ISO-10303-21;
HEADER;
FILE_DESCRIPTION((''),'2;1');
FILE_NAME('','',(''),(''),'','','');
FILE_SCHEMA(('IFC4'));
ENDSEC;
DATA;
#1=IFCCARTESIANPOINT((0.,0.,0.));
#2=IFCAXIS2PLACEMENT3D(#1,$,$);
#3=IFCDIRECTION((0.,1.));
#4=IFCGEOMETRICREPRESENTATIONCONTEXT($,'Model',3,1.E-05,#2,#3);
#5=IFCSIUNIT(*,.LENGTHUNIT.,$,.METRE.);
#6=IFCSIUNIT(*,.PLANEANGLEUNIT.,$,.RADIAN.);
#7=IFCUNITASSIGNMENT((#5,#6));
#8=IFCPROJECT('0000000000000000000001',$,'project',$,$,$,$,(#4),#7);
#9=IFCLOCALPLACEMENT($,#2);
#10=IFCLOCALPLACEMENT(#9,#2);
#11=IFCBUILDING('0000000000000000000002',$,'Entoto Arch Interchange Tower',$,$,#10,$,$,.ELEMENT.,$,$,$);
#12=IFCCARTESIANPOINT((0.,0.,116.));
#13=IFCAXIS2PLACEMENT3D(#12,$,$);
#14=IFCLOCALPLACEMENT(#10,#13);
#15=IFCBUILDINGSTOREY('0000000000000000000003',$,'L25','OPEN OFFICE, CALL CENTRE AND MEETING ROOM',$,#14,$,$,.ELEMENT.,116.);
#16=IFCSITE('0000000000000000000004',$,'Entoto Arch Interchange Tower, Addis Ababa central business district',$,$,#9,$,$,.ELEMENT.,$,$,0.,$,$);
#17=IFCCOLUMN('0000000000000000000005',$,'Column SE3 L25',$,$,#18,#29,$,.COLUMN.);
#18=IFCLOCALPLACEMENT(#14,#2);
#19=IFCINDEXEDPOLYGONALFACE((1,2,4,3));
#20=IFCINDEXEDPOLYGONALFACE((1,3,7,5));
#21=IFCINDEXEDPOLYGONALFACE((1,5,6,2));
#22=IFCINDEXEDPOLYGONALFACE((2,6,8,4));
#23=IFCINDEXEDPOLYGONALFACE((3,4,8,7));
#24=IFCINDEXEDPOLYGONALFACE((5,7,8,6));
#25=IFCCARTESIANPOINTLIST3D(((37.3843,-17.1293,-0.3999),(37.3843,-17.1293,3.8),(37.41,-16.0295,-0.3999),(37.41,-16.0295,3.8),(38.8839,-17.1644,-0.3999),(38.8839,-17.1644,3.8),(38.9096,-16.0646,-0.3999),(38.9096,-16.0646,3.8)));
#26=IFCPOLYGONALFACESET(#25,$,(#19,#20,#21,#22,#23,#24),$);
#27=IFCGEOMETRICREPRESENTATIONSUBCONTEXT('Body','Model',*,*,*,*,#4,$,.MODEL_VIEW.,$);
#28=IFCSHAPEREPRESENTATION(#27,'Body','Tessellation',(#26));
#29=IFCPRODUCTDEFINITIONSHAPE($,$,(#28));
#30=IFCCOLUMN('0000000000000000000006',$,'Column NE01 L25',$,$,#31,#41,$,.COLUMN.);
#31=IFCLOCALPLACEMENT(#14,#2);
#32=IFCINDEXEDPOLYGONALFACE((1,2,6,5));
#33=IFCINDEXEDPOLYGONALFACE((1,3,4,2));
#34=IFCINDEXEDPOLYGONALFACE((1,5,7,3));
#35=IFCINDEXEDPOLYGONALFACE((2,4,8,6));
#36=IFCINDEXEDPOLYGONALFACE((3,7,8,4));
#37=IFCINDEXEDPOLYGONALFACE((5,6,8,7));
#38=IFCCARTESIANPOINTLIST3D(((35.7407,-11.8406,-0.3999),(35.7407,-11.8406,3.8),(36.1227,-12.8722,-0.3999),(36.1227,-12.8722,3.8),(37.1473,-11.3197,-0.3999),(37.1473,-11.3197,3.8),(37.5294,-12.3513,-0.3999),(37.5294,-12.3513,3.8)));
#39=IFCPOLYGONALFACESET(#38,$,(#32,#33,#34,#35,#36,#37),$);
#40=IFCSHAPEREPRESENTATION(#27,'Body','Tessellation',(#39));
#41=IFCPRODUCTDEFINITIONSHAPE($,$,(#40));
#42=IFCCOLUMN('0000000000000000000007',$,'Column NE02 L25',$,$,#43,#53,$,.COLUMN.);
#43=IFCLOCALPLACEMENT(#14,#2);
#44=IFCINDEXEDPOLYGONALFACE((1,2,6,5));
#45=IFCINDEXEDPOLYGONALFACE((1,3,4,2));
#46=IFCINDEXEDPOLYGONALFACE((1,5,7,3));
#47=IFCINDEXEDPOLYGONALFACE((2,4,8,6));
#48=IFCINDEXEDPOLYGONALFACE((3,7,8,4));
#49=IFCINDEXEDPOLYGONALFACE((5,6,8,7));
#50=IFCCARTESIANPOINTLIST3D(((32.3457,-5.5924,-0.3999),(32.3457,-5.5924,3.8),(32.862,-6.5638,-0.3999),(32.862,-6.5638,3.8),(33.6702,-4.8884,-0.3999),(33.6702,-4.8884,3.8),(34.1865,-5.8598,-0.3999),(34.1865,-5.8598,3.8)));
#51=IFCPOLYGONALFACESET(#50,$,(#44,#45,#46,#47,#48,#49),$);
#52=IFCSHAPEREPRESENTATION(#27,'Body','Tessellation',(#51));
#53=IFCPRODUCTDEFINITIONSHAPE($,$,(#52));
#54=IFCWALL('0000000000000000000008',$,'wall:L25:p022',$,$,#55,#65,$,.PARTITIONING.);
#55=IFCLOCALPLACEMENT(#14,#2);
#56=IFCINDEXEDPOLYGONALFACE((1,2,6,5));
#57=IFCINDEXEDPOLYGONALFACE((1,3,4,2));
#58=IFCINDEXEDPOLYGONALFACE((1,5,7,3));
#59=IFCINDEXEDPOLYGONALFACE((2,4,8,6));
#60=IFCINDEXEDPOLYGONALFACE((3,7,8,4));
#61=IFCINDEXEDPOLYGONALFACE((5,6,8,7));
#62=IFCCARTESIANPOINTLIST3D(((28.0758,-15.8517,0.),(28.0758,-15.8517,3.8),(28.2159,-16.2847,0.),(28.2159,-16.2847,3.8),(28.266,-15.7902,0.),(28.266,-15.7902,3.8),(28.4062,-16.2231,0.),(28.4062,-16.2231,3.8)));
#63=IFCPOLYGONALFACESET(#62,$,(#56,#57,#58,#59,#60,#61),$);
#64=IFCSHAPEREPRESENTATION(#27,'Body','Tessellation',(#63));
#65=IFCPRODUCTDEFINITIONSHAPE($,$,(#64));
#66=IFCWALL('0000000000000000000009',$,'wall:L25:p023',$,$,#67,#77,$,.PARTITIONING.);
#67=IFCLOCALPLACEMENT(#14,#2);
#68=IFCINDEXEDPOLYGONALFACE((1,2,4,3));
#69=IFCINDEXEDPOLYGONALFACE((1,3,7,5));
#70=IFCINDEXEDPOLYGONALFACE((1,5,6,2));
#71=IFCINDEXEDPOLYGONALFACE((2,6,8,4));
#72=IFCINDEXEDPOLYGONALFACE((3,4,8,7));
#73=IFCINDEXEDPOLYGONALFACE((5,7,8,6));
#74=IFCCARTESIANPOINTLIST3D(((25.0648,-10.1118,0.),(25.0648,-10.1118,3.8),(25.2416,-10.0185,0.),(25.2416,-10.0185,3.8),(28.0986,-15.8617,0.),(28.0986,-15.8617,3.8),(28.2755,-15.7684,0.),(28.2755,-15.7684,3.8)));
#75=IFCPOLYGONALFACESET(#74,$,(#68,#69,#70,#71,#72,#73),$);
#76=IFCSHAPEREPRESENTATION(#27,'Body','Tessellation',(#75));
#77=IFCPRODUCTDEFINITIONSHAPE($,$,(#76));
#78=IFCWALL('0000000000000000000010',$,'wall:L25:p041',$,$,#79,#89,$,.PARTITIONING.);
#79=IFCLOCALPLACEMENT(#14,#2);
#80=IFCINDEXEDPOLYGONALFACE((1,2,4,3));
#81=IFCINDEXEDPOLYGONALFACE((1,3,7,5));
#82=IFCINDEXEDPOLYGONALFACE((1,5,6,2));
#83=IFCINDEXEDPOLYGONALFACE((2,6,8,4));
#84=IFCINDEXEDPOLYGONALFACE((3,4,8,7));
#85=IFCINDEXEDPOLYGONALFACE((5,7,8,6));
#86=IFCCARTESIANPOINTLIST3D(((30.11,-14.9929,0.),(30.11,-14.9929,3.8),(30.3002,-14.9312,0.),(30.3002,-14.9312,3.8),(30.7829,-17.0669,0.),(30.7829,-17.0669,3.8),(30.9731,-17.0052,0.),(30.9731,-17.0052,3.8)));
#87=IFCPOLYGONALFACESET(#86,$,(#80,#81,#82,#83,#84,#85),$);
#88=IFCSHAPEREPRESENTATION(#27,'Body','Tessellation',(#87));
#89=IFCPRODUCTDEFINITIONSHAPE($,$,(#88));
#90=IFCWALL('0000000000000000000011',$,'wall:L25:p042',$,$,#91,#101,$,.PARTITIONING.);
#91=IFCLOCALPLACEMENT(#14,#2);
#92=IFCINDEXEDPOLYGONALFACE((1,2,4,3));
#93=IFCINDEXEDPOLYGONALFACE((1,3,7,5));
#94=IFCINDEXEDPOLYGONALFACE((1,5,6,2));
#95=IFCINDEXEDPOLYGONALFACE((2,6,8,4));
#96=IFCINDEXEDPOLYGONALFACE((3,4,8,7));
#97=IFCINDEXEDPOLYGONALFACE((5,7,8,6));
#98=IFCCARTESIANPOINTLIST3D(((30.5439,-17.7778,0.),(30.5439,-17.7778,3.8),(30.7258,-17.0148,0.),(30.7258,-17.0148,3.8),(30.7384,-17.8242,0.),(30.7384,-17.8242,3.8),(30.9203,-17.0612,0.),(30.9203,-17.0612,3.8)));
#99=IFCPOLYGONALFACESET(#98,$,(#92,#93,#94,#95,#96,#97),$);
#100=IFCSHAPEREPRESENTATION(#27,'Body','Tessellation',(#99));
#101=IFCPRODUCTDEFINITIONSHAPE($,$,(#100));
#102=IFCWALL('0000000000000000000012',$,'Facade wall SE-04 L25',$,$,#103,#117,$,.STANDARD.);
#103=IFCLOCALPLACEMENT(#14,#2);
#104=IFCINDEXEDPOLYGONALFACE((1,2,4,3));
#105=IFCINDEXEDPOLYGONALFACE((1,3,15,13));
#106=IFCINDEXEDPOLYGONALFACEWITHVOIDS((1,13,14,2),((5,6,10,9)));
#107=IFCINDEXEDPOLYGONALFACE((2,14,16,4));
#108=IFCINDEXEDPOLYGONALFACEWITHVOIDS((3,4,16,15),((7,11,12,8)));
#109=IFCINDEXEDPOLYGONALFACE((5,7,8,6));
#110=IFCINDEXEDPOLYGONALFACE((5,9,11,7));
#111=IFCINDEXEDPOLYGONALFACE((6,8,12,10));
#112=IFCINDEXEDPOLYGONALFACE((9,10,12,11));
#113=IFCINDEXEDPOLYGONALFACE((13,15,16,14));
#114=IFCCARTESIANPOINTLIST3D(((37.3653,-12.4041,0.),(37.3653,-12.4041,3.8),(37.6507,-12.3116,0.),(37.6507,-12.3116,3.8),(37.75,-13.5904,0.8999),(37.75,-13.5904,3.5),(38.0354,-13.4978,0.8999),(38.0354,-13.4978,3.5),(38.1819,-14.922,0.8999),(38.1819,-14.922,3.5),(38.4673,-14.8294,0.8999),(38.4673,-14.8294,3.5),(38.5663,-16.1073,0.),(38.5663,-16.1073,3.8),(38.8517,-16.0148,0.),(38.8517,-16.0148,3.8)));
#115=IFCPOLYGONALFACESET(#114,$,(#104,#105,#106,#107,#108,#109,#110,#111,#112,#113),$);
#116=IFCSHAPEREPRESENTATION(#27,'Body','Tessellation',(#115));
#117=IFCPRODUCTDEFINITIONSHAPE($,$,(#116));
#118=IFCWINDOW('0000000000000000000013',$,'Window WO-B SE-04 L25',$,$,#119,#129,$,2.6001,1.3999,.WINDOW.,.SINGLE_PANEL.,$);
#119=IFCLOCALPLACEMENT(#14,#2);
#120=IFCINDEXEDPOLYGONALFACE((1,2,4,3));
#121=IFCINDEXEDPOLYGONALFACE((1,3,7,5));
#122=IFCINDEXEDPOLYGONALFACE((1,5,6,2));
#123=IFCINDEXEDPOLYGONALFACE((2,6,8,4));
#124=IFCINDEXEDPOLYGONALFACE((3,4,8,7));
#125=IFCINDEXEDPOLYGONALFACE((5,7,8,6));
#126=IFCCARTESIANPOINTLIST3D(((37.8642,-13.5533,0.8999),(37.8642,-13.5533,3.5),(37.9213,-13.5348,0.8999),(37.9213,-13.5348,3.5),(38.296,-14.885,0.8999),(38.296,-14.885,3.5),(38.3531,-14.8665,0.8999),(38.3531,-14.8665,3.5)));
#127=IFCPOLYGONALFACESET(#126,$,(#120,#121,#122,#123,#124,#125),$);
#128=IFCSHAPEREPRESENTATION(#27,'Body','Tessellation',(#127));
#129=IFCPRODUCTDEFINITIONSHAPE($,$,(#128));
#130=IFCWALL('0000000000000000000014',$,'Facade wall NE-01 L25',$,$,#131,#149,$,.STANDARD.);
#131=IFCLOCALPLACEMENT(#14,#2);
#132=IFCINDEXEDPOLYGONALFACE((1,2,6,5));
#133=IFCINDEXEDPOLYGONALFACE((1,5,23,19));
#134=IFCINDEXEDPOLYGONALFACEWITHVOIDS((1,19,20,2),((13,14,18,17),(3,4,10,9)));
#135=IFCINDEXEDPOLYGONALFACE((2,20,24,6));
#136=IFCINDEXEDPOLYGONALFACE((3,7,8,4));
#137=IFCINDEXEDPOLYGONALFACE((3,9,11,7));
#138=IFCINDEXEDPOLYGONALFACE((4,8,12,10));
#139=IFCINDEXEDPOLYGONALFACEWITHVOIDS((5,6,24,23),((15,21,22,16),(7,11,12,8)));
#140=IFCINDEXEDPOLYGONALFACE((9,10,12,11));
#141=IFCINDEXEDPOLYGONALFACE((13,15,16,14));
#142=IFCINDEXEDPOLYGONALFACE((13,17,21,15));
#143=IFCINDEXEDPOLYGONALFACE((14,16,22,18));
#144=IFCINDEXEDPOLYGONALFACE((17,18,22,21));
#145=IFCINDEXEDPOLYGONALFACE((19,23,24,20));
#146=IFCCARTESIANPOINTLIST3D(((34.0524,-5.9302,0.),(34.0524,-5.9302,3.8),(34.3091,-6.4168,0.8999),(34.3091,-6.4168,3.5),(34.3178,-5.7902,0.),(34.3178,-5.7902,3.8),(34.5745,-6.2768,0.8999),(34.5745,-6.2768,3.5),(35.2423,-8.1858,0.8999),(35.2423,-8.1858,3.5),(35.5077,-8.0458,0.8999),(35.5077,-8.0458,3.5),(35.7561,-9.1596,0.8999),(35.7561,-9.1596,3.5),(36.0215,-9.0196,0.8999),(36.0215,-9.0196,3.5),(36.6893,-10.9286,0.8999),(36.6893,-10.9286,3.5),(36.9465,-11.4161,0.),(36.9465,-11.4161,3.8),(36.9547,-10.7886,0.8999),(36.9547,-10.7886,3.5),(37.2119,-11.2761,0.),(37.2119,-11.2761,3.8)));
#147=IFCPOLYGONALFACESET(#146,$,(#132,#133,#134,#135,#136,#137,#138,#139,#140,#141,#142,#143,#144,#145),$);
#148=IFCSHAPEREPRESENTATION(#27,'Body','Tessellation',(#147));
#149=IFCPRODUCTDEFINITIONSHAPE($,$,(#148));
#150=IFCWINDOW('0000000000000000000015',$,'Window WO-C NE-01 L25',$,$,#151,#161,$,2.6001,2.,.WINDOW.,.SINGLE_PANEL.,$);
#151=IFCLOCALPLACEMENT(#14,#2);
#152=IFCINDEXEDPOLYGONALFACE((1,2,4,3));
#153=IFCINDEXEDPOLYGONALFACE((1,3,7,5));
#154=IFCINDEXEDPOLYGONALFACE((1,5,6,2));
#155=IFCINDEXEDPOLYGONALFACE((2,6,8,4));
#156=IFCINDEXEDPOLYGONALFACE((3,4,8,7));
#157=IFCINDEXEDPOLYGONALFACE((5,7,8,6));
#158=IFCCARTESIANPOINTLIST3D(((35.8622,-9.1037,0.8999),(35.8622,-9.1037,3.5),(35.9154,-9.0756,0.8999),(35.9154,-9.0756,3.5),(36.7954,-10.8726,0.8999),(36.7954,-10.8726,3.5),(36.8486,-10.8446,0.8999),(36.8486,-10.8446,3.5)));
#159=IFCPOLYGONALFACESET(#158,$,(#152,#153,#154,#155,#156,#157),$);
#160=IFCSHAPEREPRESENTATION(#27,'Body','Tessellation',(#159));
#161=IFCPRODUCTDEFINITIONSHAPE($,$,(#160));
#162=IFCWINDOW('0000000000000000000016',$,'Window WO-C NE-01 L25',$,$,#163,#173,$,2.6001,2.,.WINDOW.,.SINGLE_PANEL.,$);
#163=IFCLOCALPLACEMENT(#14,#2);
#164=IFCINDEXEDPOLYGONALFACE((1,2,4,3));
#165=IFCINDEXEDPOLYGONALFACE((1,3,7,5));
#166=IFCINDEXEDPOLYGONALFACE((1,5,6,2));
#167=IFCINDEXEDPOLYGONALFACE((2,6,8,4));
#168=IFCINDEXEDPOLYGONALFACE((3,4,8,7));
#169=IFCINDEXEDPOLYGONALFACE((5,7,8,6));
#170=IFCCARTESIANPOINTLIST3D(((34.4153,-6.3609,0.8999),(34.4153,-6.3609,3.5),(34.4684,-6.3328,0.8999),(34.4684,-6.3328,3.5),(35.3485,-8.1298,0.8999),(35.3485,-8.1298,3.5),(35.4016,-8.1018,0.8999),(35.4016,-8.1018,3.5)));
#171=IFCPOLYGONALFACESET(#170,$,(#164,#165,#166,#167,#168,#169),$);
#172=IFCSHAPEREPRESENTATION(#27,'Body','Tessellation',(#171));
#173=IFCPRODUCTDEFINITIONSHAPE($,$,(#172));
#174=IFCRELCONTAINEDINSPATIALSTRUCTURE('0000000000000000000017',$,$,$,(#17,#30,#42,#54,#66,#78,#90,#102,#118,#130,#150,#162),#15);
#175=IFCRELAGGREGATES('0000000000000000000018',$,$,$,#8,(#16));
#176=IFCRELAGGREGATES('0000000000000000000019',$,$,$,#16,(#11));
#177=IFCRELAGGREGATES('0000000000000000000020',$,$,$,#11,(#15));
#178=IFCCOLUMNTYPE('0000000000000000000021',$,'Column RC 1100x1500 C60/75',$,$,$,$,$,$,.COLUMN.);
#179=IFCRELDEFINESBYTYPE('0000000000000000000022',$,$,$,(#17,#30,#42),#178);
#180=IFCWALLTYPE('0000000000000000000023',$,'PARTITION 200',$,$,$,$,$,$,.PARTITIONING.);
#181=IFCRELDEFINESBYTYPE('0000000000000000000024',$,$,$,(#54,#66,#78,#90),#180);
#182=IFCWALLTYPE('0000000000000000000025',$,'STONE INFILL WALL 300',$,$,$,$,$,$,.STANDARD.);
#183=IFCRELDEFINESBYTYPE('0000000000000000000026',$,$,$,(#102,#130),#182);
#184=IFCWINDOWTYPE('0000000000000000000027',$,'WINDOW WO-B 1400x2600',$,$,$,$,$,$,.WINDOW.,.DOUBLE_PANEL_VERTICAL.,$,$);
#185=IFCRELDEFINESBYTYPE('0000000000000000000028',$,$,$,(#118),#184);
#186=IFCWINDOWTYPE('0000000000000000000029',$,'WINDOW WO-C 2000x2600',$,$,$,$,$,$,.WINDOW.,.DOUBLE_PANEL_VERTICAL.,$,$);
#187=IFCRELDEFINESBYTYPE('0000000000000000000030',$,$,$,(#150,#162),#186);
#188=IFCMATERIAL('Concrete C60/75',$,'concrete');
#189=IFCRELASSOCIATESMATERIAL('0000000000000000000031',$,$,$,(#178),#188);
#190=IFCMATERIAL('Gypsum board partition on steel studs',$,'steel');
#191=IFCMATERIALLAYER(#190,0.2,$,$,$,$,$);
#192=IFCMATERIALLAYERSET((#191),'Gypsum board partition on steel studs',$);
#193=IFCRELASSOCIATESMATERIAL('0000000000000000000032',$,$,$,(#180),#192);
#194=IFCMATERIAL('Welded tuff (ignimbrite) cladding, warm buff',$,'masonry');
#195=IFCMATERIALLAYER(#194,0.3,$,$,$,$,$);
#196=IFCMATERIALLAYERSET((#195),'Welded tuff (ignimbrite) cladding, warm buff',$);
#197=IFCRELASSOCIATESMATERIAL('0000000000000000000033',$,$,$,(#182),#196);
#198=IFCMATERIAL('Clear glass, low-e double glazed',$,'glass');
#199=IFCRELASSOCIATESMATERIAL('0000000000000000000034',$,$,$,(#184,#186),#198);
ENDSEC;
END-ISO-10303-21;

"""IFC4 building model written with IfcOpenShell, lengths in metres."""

from ifc_helpers import new_model, si_unit, direction, frame, frame_2d, origin, origin_2d, place, context, subcontext, project, spatial, rectangle, extrude, material, layer, layer_set, material_profile, profile_set, type_object, element, fill, save


model = new_model("IFC4")

# Units and contexts
model_context = context("Model", 3, precision=1e-05, world=origin(), true_north=direction((0.0, 1.0)))
body_context = subcontext(model_context, "Body", "Model", "MODEL_VIEW")
ifc_project = project(units=[si_unit("LENGTHUNIT", "METRE"), si_unit("PLANEANGLEUNIT", "RADIAN")], contexts=[model_context])

# Site, building, storey
site_placement = place(None, origin())
site = spatial("IfcSite", under=ifc_project, at=site_placement, Name="Entoto Arch Interchange Tower, Addis Ababa central business district", CompositionType="ELEMENT", RefElevation=0.0)
building_placement = place(site_placement, origin())
building = spatial("IfcBuilding", under=site, at=building_placement, Name="Entoto Arch Interchange Tower", CompositionType="ELEMENT")
storey_placement = place(building_placement, frame((0.0, 0.0, 116.0)))
storey = spatial("IfcBuildingStorey", under=building, at=storey_placement, Name="L25", Description="OPEN OFFICE, CALL CENTRE AND MEETING ROOM", CompositionType="ELEMENT", Elevation=116.0)

# Columns
ifc_material_1 = material(Name="Concrete C60/75", Category="concrete")
ifc_material_profile = material_profile(ifc_material_1, rectangle(XDim=1.1001, YDim=1.5, at=origin_2d()))
ifc_profile_set = profile_set([ifc_material_profile], Name="Concrete C60/75")
column_type = type_object("IfcColumnType", Name="Column RC 1100x1500 C60/75", PredefinedType="COLUMN", material=ifc_profile_set)
for number, where, z_axis, x_axis, name in (
    (1, (38.147, -16.5969, -0.3999), (0.0, 0.0, 1.0), (0.023385, 0.999727, 0.0), "Column SE3 L25"),
    (2, (36.635, -12.0959, -0.3999), (0.0, 0.0, 1.0), (-0.347312, 0.93775, 0.0), "Column NE01 L25"),
    (3, (33.2661, -5.7261, -0.3999), (0.0, 0.0, 1.0), (-0.469333, 0.883021, 0.0), "Column NE02 L25"),
):
    element("IfcColumn", number, at=place(storey_placement, frame(where, z_axis=z_axis, x_axis=x_axis)), inside=storey, type_object=column_type, Name=name, PredefinedType="COLUMN", context=body_context, shape_type="SweptSolid", body=[
        extrude(rectangle(XDim=1.1001, YDim=1.5, at=origin_2d()), origin(), (0.0, 0.0, 1.0), 4.2),
    ])

# Walls
ifc_material_2 = material(Name="Gypsum board partition on steel studs", Category="steel")
ifc_layer_1 = layer(ifc_material_2, 0.2)
ifc_layer_set_1 = layer_set([ifc_layer_1], Name="Gypsum board partition on steel studs")
wall_type_1 = type_object("IfcWallType", Name="PARTITION 200", PredefinedType="PARTITIONING", material=ifc_layer_set_1)
wall_1_placement = place(storey_placement, frame((28.311, -16.2539, 0.0), z_axis=(0.0, 0.0, 1.0), x_axis=(-0.308006, 0.951384, 0.0)))
element("IfcWall", 4, at=wall_1_placement, inside=storey, type_object=wall_type_1, Name="wall:L25:p022", PredefinedType="PARTITIONING", context=body_context, shape_type="SweptSolid", body=[
    extrude(rectangle(XDim=0.4551, YDim=0.2, at=frame_2d((0.2275, 0.0))), origin(), (0.0, 0.0, 1.0), 3.8),
])
wall_2_placement = place(storey_placement, frame((28.187, -15.8149, 0.0), z_axis=(0.0, 0.0, 1.0), x_axis=(-0.466664, 0.884435, 0.0)))
element("IfcWall", 5, at=wall_2_placement, inside=storey, type_object=wall_type_1, Name="wall:L25:p023", PredefinedType="PARTITIONING", context=body_context, shape_type="SweptSolid", body=[
    extrude(rectangle(XDim=6.5012, YDim=0.2, at=frame_2d((3.2505, 0.0))), origin(), (0.0, 0.0, 1.0), 3.8),
])
wall_3_placement = place(storey_placement, frame((30.2051, -14.9619, 0.0), z_axis=(0.0, 0.0, 1.0), x_axis=(0.308592, -0.951194, 0.0)))
element("IfcWall", 6, at=wall_3_placement, inside=storey, type_object=wall_type_1, Name="wall:L25:p041", PredefinedType="PARTITIONING", context=body_context, shape_type="SweptSolid", body=[
    extrude(rectangle(XDim=2.1804, YDim=0.2, at=frame_2d((1.0903, 0.0))), origin(), (0.0, 0.0, 1.0), 3.8),
])
wall_4_placement = place(storey_placement, frame((30.823, -17.0381, 0.0), z_axis=(0.0, 0.0, 1.0), x_axis=(-0.231901, -0.972739, 0.0)))
element("IfcWall", 7, at=wall_4_placement, inside=storey, type_object=wall_type_1, Name="wall:L25:p042", PredefinedType="PARTITIONING", context=body_context, shape_type="SweptSolid", body=[
    extrude(rectangle(XDim=0.7844, YDim=0.2, at=frame_2d((0.3921, 0.0))), origin(), (0.0, 0.0, 1.0), 3.8),
])

# Wall, opening, window
ifc_material_3 = material(Name="Welded tuff (ignimbrite) cladding, warm buff", Category="masonry")
ifc_layer_2 = layer(ifc_material_3, 0.3)
ifc_layer_set_2 = layer_set([ifc_layer_2], Name="Welded tuff (ignimbrite) cladding, warm buff")
wall_type_2 = type_object("IfcWallType", Name="STONE INFILL WALL 300", PredefinedType="STANDARD", material=ifc_layer_set_2)
wall_5_placement = place(storey_placement, frame((38.709, -16.061, 0.0), z_axis=(0.0, 0.0, 1.0), x_axis=(-0.308485, 0.951229, 0.0)))
wall_5 = element("IfcWall", 8, at=wall_5_placement, inside=storey, type_object=wall_type_2, Name="Facade wall SE-04 L25", PredefinedType="STANDARD", context=body_context, shape_type="SweptSolid", body=[
    extrude(rectangle(XDim=3.8931, YDim=0.3, at=frame_2d((1.9465, 0.0))), origin(), (0.0, 0.0, 1.0), 3.8),
])
opening_1_placement = place(wall_5_placement, frame((1.2461, 0.0, 0.8999)))
opening_1 = element("IfcOpeningElement", 9, at=opening_1_placement, cuts=wall_5, PredefinedType="OPENING", context=body_context, shape_type="SweptSolid", body=[
    extrude(rectangle(XDim=1.3999, YDim=2.6001, at=frame_2d((0.7, 1.3))), frame((0.0, 0.1602, 0.0), z_axis=(0.0, -1.0, 0.0), x_axis=(1.0, 0.0, 0.0)), (0.0, 0.0, 1.0), 0.3201),
])
ifc_material_4 = material(Name="Clear glass, low-e double glazed", Category="glass")
window_type_1 = type_object("IfcWindowType", Name="WINDOW WO-B 1400x2600", PartitioningType="DOUBLE_PANEL_VERTICAL", PredefinedType="WINDOW", material=ifc_material_4)
window_1_placement = place(opening_1_placement, origin())
window_1 = element("IfcWindow", 10, at=window_1_placement, inside=storey, type_object=window_type_1, Name="Window WO-B SE-04 L25", OverallHeight=2.6001, OverallWidth=1.3999, PartitioningType="SINGLE_PANEL", PredefinedType="WINDOW", context=body_context, shape_type="SweptSolid", body=[
    extrude(rectangle(XDim=1.3999, YDim=2.6001, at=frame_2d((0.7, 1.3))), frame((0.0, 0.03, 0.0), z_axis=(0.0, -1.0, 0.0), x_axis=(1.0, 0.0, 0.0)), (0.0, 0.0, 1.0), 0.0601),
])
fill(opening_1, window_1)

# Wall, openings, windows
wall_6_placement = place(storey_placement, frame((37.0791, -11.3459, 0.0), z_axis=(0.0, 0.0, 1.0), x_axis=(-0.4666, 0.884469, 0.0)))
wall_6 = element("IfcWall", 11, at=wall_6_placement, inside=storey, type_object=wall_type_2, Name="Facade wall NE-01 L25", PredefinedType="STANDARD", context=body_context, shape_type="SweptSolid", body=[
    extrude(rectangle(XDim=6.2024, YDim=0.3, at=frame_2d((3.1011, 0.0))), origin(), (0.0, 0.0, 1.0), 3.8),
])
opening_2_placement = place(wall_6_placement, frame((0.551, 0.0, 0.8999)))
opening_2 = element("IfcOpeningElement", 12, at=opening_2_placement, cuts=wall_6, PredefinedType="OPENING", context=body_context, shape_type="SweptSolid", body=[
    extrude(rectangle(XDim=2.0, YDim=2.6001, at=frame_2d((1.0, 1.3))), frame((0.0, 0.1602, 0.0), z_axis=(0.0, -1.0, 0.0), x_axis=(1.0, 0.0, 0.0)), (0.0, 0.0, 1.0), 0.3201),
])
opening_3_placement = place(wall_6_placement, frame((3.6521, 0.0, 0.8999)))
opening_3 = element("IfcOpeningElement", 13, at=opening_3_placement, cuts=wall_6, PredefinedType="OPENING", context=body_context, shape_type="SweptSolid", body=[
    extrude(rectangle(XDim=2.0, YDim=2.6001, at=frame_2d((1.0, 1.3))), frame((0.0, 0.1602, 0.0), z_axis=(0.0, -1.0, 0.0), x_axis=(1.0, 0.0, 0.0)), (0.0, 0.0, 1.0), 0.3201),
])
window_type_2 = type_object("IfcWindowType", Name="WINDOW WO-C 2000x2600", PartitioningType="DOUBLE_PANEL_VERTICAL", PredefinedType="WINDOW", material=ifc_material_4)
window_2_placement = place(opening_2_placement, origin())
window_2 = element("IfcWindow", 14, at=window_2_placement, inside=storey, type_object=window_type_2, Name="Window WO-C NE-01 L25", OverallHeight=2.6001, OverallWidth=2.0, PartitioningType="SINGLE_PANEL", PredefinedType="WINDOW", context=body_context, shape_type="SweptSolid", body=[
    extrude(rectangle(XDim=2.0, YDim=2.6001, at=frame_2d((1.0, 1.3))), frame((0.0, 0.03, 0.0), z_axis=(0.0, -1.0, 0.0), x_axis=(1.0, 0.0, 0.0)), (0.0, 0.0, 1.0), 0.0601),
])
fill(opening_2, window_2)
window_3_placement = place(opening_3_placement, origin())
window_3 = element("IfcWindow", 15, at=window_3_placement, inside=storey, type_object=window_type_2, Name="Window WO-C NE-01 L25", OverallHeight=2.6001, OverallWidth=2.0, PartitioningType="SINGLE_PANEL", PredefinedType="WINDOW", context=body_context, shape_type="SweptSolid", body=[
    extrude(rectangle(XDim=2.0, YDim=2.6001, at=frame_2d((1.0, 1.3))), frame((0.0, 0.03, 0.0), z_axis=(0.0, -1.0, 0.0), x_axis=(1.0, 0.0, 0.0)), (0.0, 0.0, 1.0), 0.0601),
])
fill(opening_3, window_3)

save(model, "model.ifc")
